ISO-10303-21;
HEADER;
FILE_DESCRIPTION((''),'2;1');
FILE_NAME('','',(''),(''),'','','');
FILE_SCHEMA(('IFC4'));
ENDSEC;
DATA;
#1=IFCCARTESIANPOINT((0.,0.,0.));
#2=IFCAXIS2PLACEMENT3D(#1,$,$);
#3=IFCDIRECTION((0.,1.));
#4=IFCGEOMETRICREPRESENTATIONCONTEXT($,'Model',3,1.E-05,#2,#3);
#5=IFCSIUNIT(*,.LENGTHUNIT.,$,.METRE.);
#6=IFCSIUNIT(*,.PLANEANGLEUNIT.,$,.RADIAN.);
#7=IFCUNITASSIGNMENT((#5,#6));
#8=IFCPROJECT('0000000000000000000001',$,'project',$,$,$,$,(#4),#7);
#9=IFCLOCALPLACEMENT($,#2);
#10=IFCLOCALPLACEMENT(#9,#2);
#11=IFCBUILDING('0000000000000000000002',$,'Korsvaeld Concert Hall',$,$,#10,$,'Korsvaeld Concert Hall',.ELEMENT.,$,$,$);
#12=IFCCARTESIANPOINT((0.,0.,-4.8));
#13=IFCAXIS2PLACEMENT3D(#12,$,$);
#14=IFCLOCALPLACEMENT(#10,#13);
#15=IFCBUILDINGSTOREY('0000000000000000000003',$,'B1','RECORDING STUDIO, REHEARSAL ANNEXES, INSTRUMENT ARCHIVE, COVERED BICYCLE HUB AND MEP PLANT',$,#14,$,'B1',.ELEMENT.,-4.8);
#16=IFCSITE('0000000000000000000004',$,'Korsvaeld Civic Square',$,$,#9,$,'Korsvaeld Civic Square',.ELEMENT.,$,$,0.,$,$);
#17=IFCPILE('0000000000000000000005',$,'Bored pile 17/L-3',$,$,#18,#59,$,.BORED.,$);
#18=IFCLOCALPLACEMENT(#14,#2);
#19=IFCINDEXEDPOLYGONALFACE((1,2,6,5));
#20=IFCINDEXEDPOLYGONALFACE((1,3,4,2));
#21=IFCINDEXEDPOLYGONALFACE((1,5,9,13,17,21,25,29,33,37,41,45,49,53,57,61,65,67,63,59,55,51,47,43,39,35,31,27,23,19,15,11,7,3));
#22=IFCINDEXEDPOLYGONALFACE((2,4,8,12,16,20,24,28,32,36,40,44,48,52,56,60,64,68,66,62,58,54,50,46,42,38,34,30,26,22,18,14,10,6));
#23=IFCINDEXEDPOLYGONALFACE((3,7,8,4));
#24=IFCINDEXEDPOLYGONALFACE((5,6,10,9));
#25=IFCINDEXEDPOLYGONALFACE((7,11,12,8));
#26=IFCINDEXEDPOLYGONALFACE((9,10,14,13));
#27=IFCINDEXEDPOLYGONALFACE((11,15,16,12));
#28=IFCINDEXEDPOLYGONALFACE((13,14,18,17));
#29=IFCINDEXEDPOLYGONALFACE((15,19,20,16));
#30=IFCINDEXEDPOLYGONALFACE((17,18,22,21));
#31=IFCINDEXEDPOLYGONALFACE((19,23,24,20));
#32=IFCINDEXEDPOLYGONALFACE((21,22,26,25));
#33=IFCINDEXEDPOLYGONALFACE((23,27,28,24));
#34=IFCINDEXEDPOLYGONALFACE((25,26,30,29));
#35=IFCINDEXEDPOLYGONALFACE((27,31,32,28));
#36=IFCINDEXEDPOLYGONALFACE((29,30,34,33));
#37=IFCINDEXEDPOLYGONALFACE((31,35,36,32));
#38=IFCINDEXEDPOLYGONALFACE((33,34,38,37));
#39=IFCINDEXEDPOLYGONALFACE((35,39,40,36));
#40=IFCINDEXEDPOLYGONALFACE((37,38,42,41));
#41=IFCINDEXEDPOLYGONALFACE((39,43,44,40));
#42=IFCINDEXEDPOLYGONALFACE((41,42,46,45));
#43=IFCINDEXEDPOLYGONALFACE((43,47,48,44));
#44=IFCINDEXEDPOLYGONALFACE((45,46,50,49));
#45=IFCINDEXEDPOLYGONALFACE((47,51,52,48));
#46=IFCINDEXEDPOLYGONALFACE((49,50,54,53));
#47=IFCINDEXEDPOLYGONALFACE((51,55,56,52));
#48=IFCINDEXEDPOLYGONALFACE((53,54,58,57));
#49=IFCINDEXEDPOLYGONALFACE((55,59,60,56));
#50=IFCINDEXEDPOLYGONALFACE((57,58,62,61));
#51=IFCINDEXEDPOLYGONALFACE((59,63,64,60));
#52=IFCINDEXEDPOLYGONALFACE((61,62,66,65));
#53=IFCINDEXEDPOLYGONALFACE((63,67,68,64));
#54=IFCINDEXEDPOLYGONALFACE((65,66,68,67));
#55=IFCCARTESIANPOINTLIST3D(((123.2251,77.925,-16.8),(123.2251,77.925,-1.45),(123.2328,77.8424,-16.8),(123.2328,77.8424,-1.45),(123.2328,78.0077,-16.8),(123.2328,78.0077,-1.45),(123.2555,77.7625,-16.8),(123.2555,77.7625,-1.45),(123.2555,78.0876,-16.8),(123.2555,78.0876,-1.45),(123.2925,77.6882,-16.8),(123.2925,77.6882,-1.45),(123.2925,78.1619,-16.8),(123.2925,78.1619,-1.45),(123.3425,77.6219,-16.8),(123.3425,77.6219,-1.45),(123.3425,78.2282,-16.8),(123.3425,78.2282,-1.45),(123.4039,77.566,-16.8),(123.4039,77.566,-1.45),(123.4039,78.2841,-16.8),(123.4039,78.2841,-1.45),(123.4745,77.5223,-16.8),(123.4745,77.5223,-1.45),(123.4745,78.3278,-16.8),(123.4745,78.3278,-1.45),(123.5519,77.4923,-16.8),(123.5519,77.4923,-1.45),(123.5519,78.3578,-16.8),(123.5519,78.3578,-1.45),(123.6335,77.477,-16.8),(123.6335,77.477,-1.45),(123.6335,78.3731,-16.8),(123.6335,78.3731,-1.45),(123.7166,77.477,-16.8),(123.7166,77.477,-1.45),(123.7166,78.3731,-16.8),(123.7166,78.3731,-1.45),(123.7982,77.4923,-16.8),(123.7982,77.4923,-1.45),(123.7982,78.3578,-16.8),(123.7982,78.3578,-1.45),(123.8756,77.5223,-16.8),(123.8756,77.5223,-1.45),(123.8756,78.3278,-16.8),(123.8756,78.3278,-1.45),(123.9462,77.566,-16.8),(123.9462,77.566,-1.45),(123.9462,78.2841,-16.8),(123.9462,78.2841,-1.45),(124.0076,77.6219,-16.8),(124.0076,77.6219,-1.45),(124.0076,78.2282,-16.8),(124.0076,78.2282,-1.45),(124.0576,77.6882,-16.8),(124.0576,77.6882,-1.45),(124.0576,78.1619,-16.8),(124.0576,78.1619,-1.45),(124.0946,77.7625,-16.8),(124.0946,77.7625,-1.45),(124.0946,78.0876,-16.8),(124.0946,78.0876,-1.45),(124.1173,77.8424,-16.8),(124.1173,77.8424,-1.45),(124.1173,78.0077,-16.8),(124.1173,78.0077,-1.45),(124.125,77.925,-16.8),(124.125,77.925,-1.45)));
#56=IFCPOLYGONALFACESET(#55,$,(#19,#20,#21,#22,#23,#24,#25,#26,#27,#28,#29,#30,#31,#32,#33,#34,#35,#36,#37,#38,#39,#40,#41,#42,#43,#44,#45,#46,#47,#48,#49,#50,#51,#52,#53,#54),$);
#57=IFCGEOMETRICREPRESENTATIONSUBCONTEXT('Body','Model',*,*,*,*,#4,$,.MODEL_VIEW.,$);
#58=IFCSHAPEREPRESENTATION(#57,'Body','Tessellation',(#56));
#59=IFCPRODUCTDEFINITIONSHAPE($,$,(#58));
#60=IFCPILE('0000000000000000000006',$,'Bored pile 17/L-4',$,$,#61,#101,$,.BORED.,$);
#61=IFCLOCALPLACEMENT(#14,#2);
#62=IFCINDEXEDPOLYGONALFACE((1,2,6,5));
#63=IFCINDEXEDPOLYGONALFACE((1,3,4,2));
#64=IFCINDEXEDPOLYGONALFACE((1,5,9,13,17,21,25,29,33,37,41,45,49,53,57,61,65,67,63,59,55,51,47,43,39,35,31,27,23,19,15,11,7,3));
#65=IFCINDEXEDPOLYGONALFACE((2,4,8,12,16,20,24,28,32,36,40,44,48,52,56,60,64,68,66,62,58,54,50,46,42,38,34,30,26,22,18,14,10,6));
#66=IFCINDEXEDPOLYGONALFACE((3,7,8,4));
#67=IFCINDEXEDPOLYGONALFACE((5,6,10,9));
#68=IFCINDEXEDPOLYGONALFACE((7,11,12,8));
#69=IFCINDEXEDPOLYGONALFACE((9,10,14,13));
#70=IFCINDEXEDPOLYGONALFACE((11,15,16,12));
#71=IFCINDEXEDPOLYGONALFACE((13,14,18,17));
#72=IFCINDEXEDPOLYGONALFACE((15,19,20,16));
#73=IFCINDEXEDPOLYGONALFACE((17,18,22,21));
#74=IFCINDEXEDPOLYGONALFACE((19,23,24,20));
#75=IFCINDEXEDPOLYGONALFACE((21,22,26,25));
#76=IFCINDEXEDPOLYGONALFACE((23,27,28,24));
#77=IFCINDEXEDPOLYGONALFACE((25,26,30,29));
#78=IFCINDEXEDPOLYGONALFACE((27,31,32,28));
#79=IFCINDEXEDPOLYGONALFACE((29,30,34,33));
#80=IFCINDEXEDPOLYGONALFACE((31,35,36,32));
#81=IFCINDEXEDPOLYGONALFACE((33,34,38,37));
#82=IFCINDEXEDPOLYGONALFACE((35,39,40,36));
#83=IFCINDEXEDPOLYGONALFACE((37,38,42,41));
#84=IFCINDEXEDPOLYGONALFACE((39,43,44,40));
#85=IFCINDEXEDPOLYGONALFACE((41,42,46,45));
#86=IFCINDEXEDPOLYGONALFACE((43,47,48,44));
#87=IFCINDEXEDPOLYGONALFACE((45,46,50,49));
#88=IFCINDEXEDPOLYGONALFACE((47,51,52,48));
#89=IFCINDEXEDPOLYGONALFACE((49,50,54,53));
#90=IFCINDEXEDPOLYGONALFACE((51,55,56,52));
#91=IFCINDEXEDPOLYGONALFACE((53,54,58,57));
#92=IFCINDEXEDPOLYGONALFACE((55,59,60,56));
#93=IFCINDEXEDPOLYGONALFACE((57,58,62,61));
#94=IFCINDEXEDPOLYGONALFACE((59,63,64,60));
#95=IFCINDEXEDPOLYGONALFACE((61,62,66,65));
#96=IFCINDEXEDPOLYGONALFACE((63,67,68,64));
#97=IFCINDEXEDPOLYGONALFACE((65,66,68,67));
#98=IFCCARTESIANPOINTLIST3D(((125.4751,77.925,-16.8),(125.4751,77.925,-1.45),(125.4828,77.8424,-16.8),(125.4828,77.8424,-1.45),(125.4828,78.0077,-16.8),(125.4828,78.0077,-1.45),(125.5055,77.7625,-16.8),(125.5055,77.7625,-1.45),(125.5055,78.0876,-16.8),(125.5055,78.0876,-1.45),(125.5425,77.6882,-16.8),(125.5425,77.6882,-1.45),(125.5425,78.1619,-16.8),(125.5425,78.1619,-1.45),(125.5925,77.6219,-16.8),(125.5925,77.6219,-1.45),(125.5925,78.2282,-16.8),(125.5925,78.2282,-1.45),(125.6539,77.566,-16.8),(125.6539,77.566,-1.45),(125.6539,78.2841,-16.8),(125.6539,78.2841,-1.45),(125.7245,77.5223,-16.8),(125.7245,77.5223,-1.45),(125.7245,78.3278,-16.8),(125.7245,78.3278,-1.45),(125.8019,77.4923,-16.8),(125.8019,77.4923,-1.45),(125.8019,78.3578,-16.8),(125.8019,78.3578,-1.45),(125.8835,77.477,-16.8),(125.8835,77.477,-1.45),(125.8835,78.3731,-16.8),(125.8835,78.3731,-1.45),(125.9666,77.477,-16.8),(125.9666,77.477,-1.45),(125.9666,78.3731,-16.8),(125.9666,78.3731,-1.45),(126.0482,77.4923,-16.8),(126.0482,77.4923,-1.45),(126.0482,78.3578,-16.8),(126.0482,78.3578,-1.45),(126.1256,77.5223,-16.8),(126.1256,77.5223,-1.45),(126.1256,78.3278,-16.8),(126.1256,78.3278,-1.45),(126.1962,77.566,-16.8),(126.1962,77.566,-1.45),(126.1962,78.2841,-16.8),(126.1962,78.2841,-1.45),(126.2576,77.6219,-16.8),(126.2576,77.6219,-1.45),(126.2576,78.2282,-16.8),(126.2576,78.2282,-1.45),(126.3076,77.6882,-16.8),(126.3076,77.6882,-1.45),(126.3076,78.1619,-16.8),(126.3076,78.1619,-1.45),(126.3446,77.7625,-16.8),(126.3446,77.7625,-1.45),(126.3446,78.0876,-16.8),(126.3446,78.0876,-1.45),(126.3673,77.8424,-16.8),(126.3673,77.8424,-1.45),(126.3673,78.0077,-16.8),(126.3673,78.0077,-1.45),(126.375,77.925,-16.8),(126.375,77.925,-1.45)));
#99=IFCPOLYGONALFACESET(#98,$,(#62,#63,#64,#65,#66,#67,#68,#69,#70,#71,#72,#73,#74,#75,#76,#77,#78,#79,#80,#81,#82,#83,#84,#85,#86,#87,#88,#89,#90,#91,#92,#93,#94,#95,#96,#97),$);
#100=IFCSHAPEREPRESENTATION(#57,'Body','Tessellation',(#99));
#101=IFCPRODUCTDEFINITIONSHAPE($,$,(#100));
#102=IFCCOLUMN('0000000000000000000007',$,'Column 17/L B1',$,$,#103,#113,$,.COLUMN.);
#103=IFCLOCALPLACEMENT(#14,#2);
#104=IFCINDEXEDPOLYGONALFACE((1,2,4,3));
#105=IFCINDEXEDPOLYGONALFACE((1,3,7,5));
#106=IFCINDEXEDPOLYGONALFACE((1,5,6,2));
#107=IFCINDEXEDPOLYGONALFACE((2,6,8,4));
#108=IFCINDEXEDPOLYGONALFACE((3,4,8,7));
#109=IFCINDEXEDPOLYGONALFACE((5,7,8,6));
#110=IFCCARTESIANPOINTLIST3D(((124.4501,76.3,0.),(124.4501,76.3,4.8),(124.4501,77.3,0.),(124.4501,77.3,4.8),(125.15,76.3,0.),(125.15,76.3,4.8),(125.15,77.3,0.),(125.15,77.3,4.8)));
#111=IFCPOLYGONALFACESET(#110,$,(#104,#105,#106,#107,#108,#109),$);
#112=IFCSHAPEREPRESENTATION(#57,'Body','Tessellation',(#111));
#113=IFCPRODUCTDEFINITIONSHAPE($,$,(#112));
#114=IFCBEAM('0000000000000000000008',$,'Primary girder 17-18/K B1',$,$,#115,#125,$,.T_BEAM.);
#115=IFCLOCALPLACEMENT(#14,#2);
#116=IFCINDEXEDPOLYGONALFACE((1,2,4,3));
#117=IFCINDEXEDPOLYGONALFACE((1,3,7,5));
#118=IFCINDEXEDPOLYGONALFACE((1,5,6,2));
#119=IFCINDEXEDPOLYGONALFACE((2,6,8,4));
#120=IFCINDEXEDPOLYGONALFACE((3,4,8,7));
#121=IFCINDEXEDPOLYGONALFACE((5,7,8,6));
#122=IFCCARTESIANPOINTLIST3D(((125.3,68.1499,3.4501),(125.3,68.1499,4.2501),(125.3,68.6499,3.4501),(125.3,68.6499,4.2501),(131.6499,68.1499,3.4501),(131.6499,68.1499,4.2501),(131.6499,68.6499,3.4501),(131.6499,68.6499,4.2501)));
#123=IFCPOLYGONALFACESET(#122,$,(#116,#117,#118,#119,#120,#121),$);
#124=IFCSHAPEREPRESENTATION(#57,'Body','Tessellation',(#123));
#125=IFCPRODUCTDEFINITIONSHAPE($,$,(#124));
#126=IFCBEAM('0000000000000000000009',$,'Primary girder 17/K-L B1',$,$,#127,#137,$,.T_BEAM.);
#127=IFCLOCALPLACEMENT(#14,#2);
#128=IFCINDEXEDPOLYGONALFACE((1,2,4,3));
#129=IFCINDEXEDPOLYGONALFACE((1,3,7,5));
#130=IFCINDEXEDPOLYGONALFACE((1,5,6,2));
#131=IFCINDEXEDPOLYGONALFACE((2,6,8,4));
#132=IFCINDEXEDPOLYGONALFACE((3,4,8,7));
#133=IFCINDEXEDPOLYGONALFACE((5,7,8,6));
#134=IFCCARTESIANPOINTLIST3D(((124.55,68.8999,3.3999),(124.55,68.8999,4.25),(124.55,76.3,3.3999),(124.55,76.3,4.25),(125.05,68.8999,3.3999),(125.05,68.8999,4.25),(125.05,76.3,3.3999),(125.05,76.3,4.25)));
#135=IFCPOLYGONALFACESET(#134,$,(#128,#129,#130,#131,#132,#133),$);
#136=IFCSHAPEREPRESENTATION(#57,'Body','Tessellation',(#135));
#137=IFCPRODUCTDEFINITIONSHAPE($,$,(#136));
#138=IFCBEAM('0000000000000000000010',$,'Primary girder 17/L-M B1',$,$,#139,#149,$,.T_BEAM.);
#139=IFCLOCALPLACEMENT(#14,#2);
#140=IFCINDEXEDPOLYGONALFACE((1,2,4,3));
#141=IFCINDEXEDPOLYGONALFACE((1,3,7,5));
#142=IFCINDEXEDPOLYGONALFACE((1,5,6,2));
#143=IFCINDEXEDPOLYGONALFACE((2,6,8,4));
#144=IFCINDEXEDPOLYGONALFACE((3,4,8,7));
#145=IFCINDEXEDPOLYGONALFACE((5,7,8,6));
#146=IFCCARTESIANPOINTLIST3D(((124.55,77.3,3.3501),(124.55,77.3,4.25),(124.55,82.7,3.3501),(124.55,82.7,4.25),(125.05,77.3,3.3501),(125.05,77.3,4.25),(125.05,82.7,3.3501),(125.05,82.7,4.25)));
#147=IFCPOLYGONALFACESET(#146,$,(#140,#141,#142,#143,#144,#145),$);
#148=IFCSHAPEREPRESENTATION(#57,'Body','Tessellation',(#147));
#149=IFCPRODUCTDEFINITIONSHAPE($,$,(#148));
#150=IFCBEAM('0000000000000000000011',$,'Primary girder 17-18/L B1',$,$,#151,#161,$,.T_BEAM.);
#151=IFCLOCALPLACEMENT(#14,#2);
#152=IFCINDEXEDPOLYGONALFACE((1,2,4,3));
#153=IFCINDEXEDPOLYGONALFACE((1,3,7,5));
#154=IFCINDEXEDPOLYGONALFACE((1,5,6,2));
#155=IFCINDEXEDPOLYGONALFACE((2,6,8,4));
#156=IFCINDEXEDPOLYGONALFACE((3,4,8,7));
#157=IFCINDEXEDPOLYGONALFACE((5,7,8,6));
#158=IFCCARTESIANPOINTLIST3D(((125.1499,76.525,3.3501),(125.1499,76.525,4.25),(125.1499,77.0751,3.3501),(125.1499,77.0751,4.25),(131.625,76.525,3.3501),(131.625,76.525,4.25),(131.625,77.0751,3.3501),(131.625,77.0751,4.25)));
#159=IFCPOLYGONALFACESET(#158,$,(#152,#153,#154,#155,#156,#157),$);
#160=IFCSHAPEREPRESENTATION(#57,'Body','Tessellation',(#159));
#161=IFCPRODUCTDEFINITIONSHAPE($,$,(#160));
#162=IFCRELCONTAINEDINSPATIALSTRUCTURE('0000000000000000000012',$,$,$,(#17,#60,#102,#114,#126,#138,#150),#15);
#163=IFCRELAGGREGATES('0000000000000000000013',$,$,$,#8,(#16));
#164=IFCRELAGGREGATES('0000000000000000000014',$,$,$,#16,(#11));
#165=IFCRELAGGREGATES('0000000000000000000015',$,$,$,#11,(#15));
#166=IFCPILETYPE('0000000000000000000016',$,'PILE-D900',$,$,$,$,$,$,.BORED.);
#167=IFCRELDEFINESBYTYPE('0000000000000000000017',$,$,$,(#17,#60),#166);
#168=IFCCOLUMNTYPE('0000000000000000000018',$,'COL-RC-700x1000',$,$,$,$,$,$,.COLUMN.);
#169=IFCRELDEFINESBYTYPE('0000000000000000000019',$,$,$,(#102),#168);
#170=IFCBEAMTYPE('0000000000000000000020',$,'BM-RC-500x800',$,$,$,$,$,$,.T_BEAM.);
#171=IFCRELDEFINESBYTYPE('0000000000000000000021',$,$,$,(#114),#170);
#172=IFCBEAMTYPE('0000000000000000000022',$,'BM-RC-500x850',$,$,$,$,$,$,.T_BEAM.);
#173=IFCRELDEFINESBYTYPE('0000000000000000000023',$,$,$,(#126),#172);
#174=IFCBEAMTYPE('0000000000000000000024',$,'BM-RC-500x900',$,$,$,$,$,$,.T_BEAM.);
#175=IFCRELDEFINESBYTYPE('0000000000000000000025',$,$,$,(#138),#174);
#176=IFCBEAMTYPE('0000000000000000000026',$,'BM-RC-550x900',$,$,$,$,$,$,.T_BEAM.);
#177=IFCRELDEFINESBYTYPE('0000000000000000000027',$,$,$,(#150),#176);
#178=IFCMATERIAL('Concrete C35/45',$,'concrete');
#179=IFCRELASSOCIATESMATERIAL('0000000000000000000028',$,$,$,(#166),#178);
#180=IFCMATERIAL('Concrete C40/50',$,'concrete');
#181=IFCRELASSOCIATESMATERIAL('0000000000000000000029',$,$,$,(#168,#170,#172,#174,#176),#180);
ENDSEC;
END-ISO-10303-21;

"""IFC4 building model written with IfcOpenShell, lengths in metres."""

from ifc_helpers import new_model, si_unit, direction, frame, origin, origin_2d, place, context, subcontext, project, spatial, rectangle, circle, extrude, material, material_profile, profile_set, type_object, element, save


model = new_model("IFC4")

# Units and contexts
model_context = context("Model", 3, precision=1e-05, world=origin(), true_north=direction((0.0, 1.0)))
body_context = subcontext(model_context, "Body", "Model", "MODEL_VIEW")
ifc_project = project(units=[si_unit("LENGTHUNIT", "METRE"), si_unit("PLANEANGLEUNIT", "RADIAN")], contexts=[model_context])

# Site, building, storey
site_placement = place(None, origin())
site = spatial("IfcSite", under=ifc_project, at=site_placement, Name="Korsvaeld Civic Square", LongName="Korsvaeld Civic Square", CompositionType="ELEMENT", RefElevation=0.0)
building_placement = place(site_placement, origin())
building = spatial("IfcBuilding", under=site, at=building_placement, Name="Korsvaeld Concert Hall", LongName="Korsvaeld Concert Hall", CompositionType="ELEMENT")
storey_placement = place(building_placement, frame((0.0, 0.0, -4.8)))
storey = spatial("IfcBuildingStorey", under=building, at=storey_placement, Name="B1", Description="RECORDING STUDIO, REHEARSAL ANNEXES, INSTRUMENT ARCHIVE, COVERED BICYCLE HUB AND MEP PLANT", LongName="B1", CompositionType="ELEMENT", Elevation=-4.8)

# Shared definitions
ifc_material_1 = material(Name="Concrete C35/45", Category="concrete")

# Piles
ifc_material_2 = material(Name="Concrete C40/50", Category="concrete")
ifc_material_profile_1 = material_profile(ifc_material_1, circle(Radius=0.45, at=origin_2d()), Name="BORED PILE D900")
ifc_profile_set_1 = profile_set([ifc_material_profile_1], Name="Concrete C35/45")
pile_type_1 = type_object("IfcPileType", Name="PILE-D900", PredefinedType="BORED", material=ifc_profile_set_1)
for number, where, z_axis, x_axis, name in (
    (1, (123.675, 77.925, -1.45), (0.0, 0.0, -1.0), (1.0, 0.0, 0.0), "Bored pile 17/L-3"),
    (2, (125.925, 77.925, -1.45), (0.0, 0.0, -1.0), (1.0, 0.0, 0.0), "Bored pile 17/L-4"),
):
    element("IfcPile", number, at=place(storey_placement, frame(where, z_axis=z_axis, x_axis=x_axis)), inside=storey, type_object=pile_type_1, Name=name, PredefinedType="BORED", context=body_context, shape_type="SweptSolid", body=[
        extrude(circle(Radius=0.45, at=origin_2d()), origin(), (0.0, 0.0, 1.0), 15.3501),
    ])

# Column
ifc_material_profile_2 = material_profile(ifc_material_2, rectangle(XDim=0.7, YDim=1.0, at=origin_2d()), Name="RC 700x1000")
ifc_profile_set_2 = profile_set([ifc_material_profile_2], Name="Concrete C40/50")
column_type = type_object("IfcColumnType", Name="COL-RC-700x1000", PredefinedType="COLUMN", material=ifc_profile_set_2)
column_placement = place(storey_placement, frame((124.8, 76.8, 0.0), z_axis=(0.0, 0.0, 1.0), x_axis=(1.0, 0.0, 0.0)))
element("IfcColumn", 3, at=column_placement, inside=storey, type_object=column_type, Name="Column 17/L B1", PredefinedType="COLUMN", context=body_context, shape_type="SweptSolid", body=[
    extrude(rectangle(XDim=0.7, YDim=1.0, at=origin_2d()), origin(), (0.0, 0.0, 1.0), 4.8),
])

# Beams
ifc_material_profile_3 = material_profile(ifc_material_2, rectangle(XDim=0.5, YDim=0.8, at=origin_2d()), Name="RC 500x800")
ifc_profile_set_3 = profile_set([ifc_material_profile_3], Name="Concrete C40/50")
beam_type_1 = type_object("IfcBeamType", Name="BM-RC-500x800", PredefinedType="T_BEAM", material=ifc_profile_set_3)
beam_1_placement = place(storey_placement, frame((125.3, 68.3999, 3.8501), z_axis=(1.0, 0.0, 0.0), x_axis=(0.0, 1.0, 0.0)))
element("IfcBeam", 4, at=beam_1_placement, inside=storey, type_object=beam_type_1, Name="Primary girder 17-18/K B1", PredefinedType="T_BEAM", context=body_context, shape_type="SweptSolid", body=[
    extrude(rectangle(XDim=0.5, YDim=0.8, at=origin_2d()), origin(), (0.0, 0.0, 1.0), 6.3499),
])
ifc_material_profile_4 = material_profile(ifc_material_2, rectangle(XDim=0.5, YDim=0.8501, at=origin_2d()), Name="RC 500x850")
ifc_profile_set_4 = profile_set([ifc_material_profile_4], Name="Concrete C40/50")
beam_type_2 = type_object("IfcBeamType", Name="BM-RC-500x850", PredefinedType="T_BEAM", material=ifc_profile_set_4)
beam_2_placement = place(storey_placement, frame((124.8, 68.8999, 3.825), z_axis=(0.0, 1.0, 0.0), x_axis=(-1.0, 0.0, 0.0)))
element("IfcBeam", 5, at=beam_2_placement, inside=storey, type_object=beam_type_2, Name="Primary girder 17/K-L B1", PredefinedType="T_BEAM", context=body_context, shape_type="SweptSolid", body=[
    extrude(rectangle(XDim=0.5, YDim=0.8501, at=origin_2d()), origin(), (0.0, 0.0, 1.0), 7.4001),
])
ifc_material_profile_5 = material_profile(ifc_material_2, rectangle(XDim=0.5, YDim=0.8999, at=origin_2d()), Name="RC 500x900")
ifc_profile_set_5 = profile_set([ifc_material_profile_5], Name="Concrete C40/50")
beam_type_3 = type_object("IfcBeamType", Name="BM-RC-500x900", PredefinedType="T_BEAM", material=ifc_profile_set_5)
beam_3_placement = place(storey_placement, frame((124.8, 77.3, 3.8), z_axis=(0.0, 1.0, 0.0), x_axis=(-1.0, 0.0, 0.0)))
element("IfcBeam", 6, at=beam_3_placement, inside=storey, type_object=beam_type_3, Name="Primary girder 17/L-M B1", PredefinedType="T_BEAM", context=body_context, shape_type="SweptSolid", body=[
    extrude(rectangle(XDim=0.5, YDim=0.8999, at=origin_2d()), origin(), (0.0, 0.0, 1.0), 5.3999),
])
ifc_material_profile_6 = material_profile(ifc_material_2, rectangle(XDim=0.55, YDim=0.8999, at=origin_2d()), Name="RC 550x900")
ifc_profile_set_6 = profile_set([ifc_material_profile_6], Name="Concrete C40/50")
beam_type_4 = type_object("IfcBeamType", Name="BM-RC-550x900", PredefinedType="T_BEAM", material=ifc_profile_set_6)
beam_4_placement = place(storey_placement, frame((125.1499, 76.8, 3.8), z_axis=(1.0, 0.0, 0.0), x_axis=(0.0, 1.0, 0.0)))
element("IfcBeam", 7, at=beam_4_placement, inside=storey, type_object=beam_type_4, Name="Primary girder 17-18/L B1", PredefinedType="T_BEAM", context=body_context, shape_type="SweptSolid", body=[
    extrude(rectangle(XDim=0.55, YDim=0.8999, at=origin_2d()), origin(), (0.0, 0.0, 1.0), 6.4751),
])

save(model, "model.ifc")
